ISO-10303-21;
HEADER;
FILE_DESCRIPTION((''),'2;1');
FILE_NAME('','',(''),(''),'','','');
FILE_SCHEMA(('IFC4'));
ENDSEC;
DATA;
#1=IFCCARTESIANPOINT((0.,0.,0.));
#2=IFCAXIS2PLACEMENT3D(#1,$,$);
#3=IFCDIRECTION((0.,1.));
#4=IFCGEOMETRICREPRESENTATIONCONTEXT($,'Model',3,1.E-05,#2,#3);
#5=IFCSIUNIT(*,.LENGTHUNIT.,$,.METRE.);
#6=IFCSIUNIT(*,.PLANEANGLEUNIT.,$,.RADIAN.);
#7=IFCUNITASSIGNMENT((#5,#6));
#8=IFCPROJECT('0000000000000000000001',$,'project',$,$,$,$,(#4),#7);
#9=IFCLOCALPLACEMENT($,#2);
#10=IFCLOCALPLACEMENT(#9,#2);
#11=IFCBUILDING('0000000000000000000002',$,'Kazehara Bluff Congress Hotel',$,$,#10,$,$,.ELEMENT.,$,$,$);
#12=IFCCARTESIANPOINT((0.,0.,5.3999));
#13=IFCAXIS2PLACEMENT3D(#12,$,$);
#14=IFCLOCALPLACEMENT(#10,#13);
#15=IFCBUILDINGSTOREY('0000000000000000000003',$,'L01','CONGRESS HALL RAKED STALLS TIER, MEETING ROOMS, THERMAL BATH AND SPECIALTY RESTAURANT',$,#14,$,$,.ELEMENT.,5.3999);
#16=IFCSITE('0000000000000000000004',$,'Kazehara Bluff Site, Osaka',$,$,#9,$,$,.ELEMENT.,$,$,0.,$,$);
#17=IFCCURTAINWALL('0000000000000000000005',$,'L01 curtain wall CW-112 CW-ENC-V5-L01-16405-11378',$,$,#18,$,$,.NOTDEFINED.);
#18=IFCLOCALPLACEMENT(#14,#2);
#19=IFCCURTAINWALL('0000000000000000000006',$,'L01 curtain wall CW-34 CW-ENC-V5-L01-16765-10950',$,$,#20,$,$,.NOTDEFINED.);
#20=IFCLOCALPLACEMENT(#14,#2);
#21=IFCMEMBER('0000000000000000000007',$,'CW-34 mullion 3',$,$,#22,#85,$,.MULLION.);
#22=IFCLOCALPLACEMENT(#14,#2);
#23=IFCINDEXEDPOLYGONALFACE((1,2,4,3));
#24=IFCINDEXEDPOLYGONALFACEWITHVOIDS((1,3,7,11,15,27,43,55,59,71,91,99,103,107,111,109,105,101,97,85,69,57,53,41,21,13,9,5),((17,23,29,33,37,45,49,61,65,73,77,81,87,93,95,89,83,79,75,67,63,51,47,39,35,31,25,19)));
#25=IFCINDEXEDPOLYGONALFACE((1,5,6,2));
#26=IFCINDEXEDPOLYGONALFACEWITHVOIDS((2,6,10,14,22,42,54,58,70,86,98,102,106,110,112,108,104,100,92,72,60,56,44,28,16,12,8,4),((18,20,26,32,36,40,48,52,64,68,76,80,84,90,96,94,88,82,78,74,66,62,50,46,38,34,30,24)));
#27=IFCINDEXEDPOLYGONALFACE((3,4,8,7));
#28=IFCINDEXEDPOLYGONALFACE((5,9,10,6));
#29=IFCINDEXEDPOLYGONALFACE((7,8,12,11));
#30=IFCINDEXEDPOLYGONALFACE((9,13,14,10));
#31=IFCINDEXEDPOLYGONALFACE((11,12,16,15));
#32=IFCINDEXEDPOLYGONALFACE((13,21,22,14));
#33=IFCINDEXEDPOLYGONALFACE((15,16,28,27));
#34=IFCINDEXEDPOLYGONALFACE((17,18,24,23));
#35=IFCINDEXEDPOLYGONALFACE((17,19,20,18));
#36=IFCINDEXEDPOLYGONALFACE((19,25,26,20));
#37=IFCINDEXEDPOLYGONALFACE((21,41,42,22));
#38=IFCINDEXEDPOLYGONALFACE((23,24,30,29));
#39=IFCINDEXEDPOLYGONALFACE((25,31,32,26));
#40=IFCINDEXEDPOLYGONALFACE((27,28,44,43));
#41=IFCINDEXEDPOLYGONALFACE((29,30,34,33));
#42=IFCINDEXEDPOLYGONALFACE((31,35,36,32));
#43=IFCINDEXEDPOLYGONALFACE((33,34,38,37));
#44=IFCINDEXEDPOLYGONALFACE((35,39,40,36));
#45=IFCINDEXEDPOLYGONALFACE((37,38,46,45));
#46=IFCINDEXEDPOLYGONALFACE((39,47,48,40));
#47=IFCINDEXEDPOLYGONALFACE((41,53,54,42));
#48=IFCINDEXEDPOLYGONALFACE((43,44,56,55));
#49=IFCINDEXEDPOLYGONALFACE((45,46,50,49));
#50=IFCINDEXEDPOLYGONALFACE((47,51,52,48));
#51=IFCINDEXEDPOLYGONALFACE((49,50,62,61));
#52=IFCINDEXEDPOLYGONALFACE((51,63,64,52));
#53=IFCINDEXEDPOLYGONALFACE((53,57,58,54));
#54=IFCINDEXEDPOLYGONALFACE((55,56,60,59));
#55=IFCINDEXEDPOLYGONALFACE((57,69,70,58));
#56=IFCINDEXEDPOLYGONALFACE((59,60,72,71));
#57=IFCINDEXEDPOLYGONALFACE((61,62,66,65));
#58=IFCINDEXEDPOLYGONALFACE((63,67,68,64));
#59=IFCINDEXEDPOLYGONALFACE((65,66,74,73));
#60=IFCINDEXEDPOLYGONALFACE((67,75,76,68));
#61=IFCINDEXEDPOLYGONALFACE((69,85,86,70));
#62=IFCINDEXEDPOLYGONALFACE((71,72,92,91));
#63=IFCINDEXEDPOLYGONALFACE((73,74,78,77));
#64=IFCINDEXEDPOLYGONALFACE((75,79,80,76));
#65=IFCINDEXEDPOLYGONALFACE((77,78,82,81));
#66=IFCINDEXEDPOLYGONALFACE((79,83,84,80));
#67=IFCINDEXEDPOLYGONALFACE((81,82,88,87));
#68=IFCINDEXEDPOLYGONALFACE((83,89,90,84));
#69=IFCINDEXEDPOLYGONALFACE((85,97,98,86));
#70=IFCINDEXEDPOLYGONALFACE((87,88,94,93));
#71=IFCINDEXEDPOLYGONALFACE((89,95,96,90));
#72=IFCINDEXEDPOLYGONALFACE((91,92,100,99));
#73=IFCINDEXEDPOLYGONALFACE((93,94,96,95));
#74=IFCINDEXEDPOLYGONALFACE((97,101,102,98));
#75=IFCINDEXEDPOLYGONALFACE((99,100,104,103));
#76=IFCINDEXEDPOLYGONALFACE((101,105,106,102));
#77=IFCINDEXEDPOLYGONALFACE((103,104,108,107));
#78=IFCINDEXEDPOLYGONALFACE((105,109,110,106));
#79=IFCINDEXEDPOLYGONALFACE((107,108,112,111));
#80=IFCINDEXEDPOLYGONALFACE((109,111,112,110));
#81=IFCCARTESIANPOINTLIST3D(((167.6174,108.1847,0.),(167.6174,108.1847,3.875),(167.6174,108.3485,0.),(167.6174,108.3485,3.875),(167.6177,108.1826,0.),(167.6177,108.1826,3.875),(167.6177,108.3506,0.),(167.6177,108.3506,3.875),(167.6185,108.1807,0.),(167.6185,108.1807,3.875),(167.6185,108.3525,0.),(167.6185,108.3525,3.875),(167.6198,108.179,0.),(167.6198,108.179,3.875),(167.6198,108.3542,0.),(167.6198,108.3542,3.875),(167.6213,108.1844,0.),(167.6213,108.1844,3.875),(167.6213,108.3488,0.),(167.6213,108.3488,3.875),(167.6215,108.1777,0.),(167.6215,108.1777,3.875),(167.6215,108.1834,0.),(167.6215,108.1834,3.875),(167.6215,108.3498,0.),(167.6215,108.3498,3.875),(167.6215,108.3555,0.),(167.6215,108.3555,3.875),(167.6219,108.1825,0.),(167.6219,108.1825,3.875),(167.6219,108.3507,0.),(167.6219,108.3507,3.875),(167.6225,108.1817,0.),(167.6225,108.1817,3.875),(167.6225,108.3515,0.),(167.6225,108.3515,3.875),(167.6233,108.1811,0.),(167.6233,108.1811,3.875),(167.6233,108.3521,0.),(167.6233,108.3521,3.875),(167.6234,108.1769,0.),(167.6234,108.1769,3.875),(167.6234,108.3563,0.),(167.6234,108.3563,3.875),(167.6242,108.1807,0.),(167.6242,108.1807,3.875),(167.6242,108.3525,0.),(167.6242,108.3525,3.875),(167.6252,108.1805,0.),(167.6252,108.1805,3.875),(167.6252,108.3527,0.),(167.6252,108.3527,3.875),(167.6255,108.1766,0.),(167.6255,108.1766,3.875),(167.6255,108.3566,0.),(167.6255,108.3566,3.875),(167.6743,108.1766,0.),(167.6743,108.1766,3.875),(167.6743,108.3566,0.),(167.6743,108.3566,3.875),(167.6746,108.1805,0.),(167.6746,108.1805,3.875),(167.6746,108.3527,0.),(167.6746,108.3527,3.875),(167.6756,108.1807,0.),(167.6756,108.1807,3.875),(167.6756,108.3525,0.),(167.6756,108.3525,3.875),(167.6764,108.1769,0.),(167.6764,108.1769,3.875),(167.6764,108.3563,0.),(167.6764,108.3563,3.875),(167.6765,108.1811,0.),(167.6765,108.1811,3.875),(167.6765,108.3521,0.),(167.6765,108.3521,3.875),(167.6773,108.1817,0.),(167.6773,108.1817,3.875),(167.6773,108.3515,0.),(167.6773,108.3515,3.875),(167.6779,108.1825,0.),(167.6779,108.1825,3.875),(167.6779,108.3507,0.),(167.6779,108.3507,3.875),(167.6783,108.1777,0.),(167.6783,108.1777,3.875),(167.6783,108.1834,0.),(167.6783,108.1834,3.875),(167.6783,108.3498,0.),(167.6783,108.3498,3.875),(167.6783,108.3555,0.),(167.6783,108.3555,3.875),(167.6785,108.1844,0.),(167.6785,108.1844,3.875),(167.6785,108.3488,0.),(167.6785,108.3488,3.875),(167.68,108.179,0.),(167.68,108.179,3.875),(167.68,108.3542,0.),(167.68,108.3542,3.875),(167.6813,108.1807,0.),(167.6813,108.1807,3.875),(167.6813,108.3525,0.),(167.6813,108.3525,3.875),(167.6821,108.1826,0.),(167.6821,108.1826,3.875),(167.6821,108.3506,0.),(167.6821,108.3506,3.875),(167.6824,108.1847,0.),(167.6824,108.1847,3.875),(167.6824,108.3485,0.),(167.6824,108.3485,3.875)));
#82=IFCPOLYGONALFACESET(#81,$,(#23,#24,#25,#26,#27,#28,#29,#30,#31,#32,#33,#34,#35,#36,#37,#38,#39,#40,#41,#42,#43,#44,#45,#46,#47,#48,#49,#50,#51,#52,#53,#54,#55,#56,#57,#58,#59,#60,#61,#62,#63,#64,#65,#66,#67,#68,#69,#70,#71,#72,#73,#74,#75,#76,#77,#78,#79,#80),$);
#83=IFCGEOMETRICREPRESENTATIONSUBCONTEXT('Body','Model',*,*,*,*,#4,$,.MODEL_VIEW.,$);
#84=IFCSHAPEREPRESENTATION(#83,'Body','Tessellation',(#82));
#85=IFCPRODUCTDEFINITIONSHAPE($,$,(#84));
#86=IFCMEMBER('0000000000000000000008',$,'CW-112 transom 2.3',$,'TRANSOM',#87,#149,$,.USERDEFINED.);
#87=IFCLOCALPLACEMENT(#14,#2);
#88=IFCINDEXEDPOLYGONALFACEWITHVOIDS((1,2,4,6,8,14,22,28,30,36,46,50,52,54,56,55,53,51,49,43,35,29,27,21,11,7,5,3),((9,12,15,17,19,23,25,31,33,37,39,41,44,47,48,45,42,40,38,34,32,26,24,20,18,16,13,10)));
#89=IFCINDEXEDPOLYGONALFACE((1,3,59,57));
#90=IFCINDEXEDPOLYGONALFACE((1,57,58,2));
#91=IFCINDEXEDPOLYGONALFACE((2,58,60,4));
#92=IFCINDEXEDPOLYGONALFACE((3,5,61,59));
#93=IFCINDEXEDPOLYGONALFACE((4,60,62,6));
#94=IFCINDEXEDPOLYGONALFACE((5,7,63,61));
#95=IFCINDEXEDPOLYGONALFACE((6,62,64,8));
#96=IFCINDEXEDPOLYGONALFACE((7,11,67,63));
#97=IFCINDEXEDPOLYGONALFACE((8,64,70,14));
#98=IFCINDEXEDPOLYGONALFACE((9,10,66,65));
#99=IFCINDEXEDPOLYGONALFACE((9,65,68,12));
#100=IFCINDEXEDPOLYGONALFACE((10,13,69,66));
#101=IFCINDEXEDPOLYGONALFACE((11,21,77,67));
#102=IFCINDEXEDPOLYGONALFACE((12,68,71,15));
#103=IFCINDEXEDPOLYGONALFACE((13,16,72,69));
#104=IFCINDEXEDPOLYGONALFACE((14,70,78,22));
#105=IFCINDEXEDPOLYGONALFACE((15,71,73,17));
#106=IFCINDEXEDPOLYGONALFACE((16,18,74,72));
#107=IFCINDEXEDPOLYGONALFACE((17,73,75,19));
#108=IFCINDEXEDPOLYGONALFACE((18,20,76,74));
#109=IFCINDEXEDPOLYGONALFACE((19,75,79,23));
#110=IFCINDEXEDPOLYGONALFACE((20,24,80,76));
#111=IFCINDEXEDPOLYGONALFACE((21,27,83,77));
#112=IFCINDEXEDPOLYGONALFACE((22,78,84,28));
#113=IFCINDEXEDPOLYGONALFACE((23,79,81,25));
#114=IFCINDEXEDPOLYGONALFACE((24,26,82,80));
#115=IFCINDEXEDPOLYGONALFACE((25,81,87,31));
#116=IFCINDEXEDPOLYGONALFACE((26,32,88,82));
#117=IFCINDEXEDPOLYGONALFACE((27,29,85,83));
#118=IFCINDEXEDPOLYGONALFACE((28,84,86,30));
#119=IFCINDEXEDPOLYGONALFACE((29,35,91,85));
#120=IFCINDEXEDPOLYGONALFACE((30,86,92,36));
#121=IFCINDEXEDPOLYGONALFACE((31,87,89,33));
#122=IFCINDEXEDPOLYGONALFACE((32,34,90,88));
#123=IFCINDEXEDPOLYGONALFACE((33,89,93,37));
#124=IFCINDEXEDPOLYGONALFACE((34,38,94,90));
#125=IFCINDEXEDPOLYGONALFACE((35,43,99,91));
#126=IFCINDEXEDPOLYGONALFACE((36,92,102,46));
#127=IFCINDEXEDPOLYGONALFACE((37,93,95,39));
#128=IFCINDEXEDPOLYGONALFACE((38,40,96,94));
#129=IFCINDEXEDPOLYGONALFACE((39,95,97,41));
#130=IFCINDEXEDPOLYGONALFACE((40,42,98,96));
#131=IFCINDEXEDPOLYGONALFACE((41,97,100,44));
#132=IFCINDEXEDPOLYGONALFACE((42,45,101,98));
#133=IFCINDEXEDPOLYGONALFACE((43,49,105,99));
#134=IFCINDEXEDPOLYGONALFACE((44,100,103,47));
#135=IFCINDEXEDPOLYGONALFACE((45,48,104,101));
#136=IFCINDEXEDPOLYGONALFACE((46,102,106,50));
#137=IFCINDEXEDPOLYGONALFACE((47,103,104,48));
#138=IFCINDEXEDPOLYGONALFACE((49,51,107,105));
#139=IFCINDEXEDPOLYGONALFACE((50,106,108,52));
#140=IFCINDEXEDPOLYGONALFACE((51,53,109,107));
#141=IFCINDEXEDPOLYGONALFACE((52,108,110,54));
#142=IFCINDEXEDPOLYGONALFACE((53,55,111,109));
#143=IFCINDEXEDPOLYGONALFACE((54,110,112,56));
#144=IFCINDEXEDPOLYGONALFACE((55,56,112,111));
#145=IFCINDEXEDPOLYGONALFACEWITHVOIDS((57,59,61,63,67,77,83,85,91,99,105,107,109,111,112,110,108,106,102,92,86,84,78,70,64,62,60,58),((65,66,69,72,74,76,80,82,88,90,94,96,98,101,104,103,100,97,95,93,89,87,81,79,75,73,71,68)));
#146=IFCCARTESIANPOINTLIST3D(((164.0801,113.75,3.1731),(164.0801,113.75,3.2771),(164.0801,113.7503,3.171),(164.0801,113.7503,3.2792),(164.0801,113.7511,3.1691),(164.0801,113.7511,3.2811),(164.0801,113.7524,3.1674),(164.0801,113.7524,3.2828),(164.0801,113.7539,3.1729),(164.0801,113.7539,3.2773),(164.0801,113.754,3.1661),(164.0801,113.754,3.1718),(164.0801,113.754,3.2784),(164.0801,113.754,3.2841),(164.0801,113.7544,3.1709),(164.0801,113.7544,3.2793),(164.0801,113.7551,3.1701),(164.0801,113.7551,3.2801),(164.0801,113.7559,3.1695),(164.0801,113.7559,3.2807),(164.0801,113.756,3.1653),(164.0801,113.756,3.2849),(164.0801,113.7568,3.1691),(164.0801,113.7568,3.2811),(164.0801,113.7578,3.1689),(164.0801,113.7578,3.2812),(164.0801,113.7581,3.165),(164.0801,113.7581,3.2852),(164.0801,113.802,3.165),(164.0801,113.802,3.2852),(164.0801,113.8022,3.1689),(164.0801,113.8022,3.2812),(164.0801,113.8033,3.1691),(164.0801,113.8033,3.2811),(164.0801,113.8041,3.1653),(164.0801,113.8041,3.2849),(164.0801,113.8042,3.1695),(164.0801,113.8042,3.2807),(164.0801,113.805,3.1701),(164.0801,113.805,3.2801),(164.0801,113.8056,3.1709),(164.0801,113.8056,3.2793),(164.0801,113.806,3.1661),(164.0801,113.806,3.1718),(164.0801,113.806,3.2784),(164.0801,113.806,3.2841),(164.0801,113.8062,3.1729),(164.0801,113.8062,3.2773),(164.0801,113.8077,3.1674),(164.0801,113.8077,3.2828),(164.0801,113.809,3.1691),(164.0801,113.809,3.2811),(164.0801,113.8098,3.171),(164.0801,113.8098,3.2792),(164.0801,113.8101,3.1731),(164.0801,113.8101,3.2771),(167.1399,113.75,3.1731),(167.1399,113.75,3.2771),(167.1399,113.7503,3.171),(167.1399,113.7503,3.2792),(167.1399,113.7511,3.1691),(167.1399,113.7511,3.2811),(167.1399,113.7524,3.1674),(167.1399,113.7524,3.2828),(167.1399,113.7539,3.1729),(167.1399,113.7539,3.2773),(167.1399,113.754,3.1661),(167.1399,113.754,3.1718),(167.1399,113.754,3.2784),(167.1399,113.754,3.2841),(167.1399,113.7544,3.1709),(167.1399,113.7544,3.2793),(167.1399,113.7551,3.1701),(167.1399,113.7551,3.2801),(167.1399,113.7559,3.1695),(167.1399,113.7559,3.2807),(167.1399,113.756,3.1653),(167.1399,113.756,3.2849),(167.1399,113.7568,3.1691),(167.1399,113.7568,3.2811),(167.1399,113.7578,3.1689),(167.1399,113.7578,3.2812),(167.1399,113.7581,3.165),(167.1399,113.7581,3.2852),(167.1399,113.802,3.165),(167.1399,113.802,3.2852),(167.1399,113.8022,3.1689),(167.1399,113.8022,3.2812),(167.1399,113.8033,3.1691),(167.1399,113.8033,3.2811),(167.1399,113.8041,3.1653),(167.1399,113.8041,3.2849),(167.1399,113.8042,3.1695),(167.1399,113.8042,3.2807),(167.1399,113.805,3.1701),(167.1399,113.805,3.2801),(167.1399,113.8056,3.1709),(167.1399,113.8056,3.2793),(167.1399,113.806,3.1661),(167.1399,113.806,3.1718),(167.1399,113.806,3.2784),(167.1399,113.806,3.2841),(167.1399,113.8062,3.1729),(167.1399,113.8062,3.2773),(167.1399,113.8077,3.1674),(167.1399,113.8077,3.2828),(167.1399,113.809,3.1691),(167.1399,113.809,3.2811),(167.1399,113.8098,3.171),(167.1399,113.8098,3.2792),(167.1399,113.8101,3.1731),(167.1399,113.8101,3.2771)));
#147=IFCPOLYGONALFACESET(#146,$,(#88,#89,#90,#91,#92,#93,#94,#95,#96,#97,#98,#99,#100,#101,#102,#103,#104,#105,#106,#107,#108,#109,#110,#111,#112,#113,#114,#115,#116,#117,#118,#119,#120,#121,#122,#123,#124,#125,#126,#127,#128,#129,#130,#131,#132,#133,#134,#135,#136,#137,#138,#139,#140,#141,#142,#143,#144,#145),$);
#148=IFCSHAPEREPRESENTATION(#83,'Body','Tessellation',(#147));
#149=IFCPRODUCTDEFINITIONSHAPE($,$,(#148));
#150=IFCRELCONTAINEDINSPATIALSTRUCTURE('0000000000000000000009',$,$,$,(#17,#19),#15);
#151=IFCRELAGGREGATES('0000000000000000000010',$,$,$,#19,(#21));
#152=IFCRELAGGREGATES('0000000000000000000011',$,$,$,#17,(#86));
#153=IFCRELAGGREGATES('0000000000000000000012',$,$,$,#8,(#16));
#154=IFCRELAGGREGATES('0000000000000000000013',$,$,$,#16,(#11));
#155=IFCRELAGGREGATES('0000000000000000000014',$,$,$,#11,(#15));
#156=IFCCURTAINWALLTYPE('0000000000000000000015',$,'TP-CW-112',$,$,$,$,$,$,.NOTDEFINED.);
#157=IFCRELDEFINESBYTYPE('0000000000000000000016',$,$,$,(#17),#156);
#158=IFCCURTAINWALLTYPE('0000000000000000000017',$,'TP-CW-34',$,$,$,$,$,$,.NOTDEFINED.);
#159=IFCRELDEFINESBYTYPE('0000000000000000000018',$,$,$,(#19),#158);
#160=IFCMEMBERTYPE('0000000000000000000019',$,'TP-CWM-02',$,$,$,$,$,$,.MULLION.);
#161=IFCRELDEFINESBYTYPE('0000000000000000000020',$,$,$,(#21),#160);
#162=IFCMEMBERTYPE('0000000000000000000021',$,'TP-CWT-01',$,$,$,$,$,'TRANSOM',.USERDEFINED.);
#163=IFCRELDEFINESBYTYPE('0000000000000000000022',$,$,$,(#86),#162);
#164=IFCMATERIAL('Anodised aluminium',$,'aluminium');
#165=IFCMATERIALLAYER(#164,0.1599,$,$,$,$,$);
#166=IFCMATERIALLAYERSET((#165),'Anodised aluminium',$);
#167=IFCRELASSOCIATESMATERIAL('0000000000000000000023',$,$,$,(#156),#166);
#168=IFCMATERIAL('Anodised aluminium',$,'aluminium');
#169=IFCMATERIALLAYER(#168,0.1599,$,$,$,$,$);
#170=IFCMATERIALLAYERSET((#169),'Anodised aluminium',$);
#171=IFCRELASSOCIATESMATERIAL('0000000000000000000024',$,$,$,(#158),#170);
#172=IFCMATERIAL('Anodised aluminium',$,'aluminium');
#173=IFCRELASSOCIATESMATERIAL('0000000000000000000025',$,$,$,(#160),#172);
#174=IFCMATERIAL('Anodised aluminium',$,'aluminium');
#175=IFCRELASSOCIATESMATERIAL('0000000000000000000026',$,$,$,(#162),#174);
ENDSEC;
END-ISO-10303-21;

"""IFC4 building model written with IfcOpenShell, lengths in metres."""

from ifc_helpers import new_model, si_unit, direction, frame, origin, origin_2d, place, context, subcontext, project, spatial, hollow_rectangle, extrude, material, layer, layer_set, material_profile, profile_set, type_object, element, aggregate, save


model = new_model("IFC4")

# Units and contexts
model_context = context("Model", 3, precision=1e-05, world=origin(), true_north=direction((0.0, 1.0)))
body_context = subcontext(model_context, "Body", "Model", "MODEL_VIEW")
ifc_project = project(units=[si_unit("LENGTHUNIT", "METRE"), si_unit("PLANEANGLEUNIT", "RADIAN")], contexts=[model_context])

# Site, building, storey
site_placement = place(None, origin())
site = spatial("IfcSite", under=ifc_project, at=site_placement, Name="Kazehara Bluff Site, Osaka", CompositionType="ELEMENT", RefElevation=0.0)
building_placement = place(site_placement, origin())
building = spatial("IfcBuilding", under=site, at=building_placement, Name="Kazehara Bluff Congress Hotel", CompositionType="ELEMENT")
storey_placement = place(building_placement, frame((0.0, 0.0, 5.3999)))
storey = spatial("IfcBuildingStorey", under=building, at=storey_placement, Name="L01", Description="CONGRESS HALL RAKED STALLS TIER, MEETING ROOMS, THERMAL BATH AND SPECIALTY RESTAURANT", CompositionType="ELEMENT", Elevation=5.3999)

# Curtain wall
ifc_material_1 = material(Name="Anodised aluminium", Category="aluminium")
ifc_layer_1 = layer(ifc_material_1, 0.1599)
ifc_layer_set_1 = layer_set([ifc_layer_1], Name="Anodised aluminium")
curtain_wall_type_1 = type_object("IfcCurtainWallType", Name="TP-CW-112", PredefinedType="NOTDEFINED", material=ifc_layer_set_1)
curtain_wall_1_placement = place(storey_placement, origin())
curtain_wall_1 = element("IfcCurtainWall", 1, at=curtain_wall_1_placement, inside=storey, type_object=curtain_wall_type_1, Name="L01 curtain wall CW-112 CW-ENC-V5-L01-16405-11378", PredefinedType="NOTDEFINED")

# Curtain wall, member
ifc_material_2 = material(Name="Anodised aluminium", Category="aluminium")
ifc_layer_2 = layer(ifc_material_2, 0.1599)
ifc_layer_set_2 = layer_set([ifc_layer_2], Name="Anodised aluminium")
curtain_wall_type_2 = type_object("IfcCurtainWallType", Name="TP-CW-34", PredefinedType="NOTDEFINED", material=ifc_layer_set_2)
curtain_wall_2_placement = place(storey_placement, origin())
curtain_wall_2 = element("IfcCurtainWall", 2, at=curtain_wall_2_placement, inside=storey, type_object=curtain_wall_type_2, Name="L01 curtain wall CW-34 CW-ENC-V5-L01-16765-10950", PredefinedType="NOTDEFINED")
ifc_material_3 = material(Name="Anodised aluminium", Category="aluminium")
ifc_material_profile_1 = material_profile(ifc_material_3, hollow_rectangle(XDim=0.0649, YDim=0.1799, WallThickness=0.0039, InnerFilletRadius=0.0039, OuterFilletRadius=0.0081, at=origin_2d()))
ifc_profile_set_1 = profile_set([ifc_material_profile_1], Name="Anodised aluminium")
member_type_1 = type_object("IfcMemberType", Name="TP-CWM-02", PredefinedType="MULLION", material=ifc_profile_set_1)
member_1_placement = place(storey_placement, frame((167.6499, 108.2666, 0.0), z_axis=(0.0, 0.0, 1.0), x_axis=(1.0, 0.0, 0.0)))
member_1 = element("IfcMember", 3, at=member_1_placement, type_object=member_type_1, Name="CW-34 mullion 3", PredefinedType="MULLION", context=body_context, shape_type="SweptSolid", body=[
    extrude(hollow_rectangle(XDim=0.0649, YDim=0.1799, WallThickness=0.0039, InnerFilletRadius=0.0039, OuterFilletRadius=0.0081, at=origin_2d()), origin(), (0.0, 0.0, 1.0), 3.875),
])

# Member
ifc_material_4 = material(Name="Anodised aluminium", Category="aluminium")
ifc_material_profile_2 = material_profile(ifc_material_4, hollow_rectangle(XDim=0.0601, YDim=0.1201, WallThickness=0.0039, InnerFilletRadius=0.0039, OuterFilletRadius=0.0081, at=origin_2d()))
ifc_profile_set_2 = profile_set([ifc_material_profile_2], Name="Anodised aluminium")
member_type_2 = type_object("IfcMemberType", Name="TP-CWT-01", ElementType="TRANSOM", PredefinedType="USERDEFINED", material=ifc_profile_set_2)
member_2_placement = place(storey_placement, frame((164.0801, 113.78, 3.2251), z_axis=(1.0, 0.0, 0.0), x_axis=(0.0, 1.0, 0.0)))
member_2 = element("IfcMember", 4, at=member_2_placement, type_object=member_type_2, Name="CW-112 transom 2.3", ObjectType="TRANSOM", PredefinedType="USERDEFINED", context=body_context, shape_type="SweptSolid", body=[
    extrude(hollow_rectangle(XDim=0.0601, YDim=0.1201, WallThickness=0.0039, InnerFilletRadius=0.0039, OuterFilletRadius=0.0081, at=origin_2d()), origin(), (0.0, 0.0, 1.0), 3.0598),
])

aggregate(curtain_wall_2, [member_1])
aggregate(curtain_wall_1, [member_2])

save(model, "model.ifc")
